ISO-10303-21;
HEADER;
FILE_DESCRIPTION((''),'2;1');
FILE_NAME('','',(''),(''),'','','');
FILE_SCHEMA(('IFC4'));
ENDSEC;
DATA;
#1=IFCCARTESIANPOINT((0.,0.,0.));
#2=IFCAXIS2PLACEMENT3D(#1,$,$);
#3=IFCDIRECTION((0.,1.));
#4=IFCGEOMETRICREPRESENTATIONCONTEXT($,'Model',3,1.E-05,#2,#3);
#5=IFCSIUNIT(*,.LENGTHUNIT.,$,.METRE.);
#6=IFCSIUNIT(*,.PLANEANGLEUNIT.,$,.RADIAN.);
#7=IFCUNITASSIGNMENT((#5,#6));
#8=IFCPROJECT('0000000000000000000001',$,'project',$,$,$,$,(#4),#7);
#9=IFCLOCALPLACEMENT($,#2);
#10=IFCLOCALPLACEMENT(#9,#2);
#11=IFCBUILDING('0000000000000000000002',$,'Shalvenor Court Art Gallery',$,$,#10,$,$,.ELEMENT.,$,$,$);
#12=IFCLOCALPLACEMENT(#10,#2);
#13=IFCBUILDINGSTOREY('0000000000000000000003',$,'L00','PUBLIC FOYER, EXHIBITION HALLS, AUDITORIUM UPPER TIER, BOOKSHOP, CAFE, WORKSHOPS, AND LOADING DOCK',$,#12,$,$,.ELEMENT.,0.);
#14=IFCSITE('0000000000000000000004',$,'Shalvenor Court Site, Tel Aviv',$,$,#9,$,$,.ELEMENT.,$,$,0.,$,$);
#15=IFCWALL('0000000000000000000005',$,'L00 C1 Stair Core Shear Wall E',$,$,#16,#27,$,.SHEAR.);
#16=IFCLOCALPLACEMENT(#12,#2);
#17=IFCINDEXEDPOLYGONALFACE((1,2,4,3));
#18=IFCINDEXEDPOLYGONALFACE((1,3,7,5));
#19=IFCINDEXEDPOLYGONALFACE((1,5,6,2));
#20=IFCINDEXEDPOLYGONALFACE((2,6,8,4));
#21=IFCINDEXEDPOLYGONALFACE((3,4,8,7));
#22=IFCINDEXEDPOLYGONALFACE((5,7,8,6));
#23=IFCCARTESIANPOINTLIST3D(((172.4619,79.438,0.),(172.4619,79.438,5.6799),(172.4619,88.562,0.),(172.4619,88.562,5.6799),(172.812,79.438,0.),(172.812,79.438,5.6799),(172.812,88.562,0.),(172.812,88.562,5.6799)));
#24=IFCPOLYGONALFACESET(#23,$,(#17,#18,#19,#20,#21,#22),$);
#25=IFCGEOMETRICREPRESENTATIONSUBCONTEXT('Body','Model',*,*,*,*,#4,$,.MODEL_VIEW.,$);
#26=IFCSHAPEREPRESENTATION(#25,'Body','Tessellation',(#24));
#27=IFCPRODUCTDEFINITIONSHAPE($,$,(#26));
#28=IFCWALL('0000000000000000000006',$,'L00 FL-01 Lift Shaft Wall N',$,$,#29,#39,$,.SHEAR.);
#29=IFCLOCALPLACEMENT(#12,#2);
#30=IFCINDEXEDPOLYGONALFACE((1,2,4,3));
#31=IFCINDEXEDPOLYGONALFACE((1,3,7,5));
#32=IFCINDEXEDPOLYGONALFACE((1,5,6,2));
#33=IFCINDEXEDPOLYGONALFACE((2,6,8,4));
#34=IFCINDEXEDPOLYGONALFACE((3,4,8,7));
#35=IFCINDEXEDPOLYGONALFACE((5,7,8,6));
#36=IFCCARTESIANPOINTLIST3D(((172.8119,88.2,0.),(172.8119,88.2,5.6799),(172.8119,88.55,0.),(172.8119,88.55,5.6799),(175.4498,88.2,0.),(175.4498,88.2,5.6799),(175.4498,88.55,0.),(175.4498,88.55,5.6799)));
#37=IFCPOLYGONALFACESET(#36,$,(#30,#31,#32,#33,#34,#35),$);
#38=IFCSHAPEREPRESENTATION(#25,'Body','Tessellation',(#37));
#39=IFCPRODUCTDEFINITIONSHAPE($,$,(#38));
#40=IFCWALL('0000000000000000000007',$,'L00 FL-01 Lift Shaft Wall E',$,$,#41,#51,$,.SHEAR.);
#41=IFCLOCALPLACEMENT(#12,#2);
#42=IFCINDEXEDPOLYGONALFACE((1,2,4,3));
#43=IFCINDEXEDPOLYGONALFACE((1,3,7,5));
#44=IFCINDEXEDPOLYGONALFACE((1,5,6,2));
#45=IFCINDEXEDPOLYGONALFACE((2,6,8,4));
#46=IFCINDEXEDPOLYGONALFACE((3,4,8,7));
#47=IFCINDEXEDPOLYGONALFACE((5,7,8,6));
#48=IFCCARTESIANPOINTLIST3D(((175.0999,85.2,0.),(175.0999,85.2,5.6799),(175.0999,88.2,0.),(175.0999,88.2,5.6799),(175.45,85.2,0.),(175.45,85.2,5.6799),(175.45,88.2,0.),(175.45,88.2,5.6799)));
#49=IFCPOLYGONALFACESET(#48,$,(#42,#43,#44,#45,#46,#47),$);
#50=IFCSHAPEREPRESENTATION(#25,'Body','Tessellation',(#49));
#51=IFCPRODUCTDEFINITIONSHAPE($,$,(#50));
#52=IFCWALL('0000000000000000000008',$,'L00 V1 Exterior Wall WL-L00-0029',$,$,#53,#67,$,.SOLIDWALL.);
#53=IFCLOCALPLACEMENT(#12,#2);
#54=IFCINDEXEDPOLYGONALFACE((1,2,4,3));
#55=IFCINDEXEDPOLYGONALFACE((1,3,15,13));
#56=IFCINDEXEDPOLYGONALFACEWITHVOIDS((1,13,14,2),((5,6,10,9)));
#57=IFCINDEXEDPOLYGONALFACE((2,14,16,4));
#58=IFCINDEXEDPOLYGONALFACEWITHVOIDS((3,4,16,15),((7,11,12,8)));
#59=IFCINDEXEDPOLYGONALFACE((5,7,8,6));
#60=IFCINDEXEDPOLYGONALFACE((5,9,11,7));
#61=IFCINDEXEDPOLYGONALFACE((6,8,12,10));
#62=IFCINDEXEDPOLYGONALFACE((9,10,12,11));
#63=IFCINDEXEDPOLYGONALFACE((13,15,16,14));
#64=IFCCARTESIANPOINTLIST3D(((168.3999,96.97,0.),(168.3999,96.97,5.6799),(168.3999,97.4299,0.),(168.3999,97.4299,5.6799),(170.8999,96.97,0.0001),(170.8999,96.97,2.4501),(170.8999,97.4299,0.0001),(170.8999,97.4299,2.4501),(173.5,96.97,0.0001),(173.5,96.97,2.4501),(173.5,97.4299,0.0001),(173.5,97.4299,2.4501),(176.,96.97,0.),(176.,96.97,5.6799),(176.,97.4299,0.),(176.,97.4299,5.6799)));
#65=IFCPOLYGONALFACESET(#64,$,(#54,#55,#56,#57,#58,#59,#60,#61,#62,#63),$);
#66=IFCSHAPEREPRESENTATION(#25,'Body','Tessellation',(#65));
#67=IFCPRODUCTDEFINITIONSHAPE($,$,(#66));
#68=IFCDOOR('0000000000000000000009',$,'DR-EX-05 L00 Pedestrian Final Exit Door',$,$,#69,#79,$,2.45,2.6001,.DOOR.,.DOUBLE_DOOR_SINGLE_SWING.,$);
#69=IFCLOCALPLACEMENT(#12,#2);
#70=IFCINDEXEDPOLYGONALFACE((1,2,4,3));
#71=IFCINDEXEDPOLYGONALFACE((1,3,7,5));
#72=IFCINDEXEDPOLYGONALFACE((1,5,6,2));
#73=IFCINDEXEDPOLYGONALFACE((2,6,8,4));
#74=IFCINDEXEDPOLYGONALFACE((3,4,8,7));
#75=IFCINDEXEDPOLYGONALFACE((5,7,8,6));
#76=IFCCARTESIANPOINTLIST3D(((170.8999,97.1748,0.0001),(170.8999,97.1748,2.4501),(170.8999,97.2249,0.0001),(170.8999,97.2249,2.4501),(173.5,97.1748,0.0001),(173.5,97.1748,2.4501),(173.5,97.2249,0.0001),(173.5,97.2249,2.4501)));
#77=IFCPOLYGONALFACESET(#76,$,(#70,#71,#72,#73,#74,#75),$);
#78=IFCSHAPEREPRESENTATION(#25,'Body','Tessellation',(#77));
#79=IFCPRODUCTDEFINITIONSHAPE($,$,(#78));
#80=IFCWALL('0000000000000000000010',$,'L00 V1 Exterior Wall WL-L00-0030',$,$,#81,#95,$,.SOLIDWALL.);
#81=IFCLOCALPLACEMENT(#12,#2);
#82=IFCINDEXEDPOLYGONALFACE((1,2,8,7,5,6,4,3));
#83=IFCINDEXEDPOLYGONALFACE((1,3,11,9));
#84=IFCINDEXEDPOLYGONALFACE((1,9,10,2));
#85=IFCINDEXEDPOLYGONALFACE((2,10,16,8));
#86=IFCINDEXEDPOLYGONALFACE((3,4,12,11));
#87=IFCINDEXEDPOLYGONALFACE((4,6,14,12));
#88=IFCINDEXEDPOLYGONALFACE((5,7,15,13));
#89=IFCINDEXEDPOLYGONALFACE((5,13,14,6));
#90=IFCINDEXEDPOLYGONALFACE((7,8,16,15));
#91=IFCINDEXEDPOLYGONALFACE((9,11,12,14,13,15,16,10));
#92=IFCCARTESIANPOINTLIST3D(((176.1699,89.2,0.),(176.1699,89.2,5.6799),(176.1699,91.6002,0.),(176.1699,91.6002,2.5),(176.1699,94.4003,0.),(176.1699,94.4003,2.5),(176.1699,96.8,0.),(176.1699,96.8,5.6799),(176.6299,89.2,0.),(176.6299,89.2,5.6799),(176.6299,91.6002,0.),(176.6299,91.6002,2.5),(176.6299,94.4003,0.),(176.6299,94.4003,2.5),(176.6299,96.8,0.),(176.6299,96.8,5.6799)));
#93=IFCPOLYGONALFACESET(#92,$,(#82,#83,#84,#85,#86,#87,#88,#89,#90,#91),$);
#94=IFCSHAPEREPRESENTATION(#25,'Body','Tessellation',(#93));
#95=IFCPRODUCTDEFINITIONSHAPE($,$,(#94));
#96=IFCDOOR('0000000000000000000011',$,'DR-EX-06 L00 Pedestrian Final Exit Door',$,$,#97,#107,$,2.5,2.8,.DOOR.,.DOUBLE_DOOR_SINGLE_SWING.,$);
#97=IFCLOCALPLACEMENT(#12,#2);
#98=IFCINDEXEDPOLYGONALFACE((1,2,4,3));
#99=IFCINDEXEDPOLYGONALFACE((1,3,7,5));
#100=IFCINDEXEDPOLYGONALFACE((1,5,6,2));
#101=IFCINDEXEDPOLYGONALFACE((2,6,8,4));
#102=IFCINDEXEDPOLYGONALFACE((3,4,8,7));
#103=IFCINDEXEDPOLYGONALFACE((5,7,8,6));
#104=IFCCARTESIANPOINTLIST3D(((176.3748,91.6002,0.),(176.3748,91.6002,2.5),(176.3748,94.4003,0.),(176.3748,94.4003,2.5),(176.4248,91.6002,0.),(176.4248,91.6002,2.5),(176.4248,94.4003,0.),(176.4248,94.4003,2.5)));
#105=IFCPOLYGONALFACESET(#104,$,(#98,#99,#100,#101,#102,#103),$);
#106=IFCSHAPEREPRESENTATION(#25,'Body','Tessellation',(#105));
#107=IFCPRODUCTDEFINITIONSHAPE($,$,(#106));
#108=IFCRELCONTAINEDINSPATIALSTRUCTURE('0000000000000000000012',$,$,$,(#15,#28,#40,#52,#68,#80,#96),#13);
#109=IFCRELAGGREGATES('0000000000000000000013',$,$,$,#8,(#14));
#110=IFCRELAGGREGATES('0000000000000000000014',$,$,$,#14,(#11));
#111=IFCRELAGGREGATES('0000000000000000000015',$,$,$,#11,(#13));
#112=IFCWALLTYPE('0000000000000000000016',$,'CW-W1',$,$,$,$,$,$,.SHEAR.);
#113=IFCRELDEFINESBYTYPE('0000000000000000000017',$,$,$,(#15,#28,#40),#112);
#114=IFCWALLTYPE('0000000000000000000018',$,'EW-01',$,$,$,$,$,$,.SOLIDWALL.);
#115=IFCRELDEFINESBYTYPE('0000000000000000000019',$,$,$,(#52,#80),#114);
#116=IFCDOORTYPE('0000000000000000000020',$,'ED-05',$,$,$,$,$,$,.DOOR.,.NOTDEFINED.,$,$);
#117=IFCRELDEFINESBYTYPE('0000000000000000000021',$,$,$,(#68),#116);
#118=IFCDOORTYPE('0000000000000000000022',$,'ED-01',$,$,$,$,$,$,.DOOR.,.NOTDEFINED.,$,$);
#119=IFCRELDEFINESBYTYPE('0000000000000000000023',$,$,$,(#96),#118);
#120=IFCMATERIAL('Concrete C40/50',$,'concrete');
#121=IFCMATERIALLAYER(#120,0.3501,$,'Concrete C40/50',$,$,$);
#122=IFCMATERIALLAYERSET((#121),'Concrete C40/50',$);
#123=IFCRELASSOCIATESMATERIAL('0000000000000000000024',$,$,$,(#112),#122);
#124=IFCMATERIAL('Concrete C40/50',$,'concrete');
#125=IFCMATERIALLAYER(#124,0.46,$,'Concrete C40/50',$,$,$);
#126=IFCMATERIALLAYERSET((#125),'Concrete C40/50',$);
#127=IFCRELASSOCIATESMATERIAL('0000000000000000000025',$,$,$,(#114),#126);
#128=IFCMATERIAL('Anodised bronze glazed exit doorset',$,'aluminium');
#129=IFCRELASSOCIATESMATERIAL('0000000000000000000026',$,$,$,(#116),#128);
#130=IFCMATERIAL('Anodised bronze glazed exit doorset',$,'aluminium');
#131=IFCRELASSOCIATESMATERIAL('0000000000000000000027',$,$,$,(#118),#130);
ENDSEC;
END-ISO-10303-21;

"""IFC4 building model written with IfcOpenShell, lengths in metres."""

from ifc_helpers import new_model, si_unit, direction, frame, frame_2d, origin, place, context, subcontext, project, spatial, rectangle, extrude, material, layer, layer_set, type_object, element, fill, save


model = new_model("IFC4")

# Units and contexts
model_context = context("Model", 3, precision=1e-05, world=origin(), true_north=direction((0.0, 1.0)))
body_context = subcontext(model_context, "Body", "Model", "MODEL_VIEW")
ifc_project = project(units=[si_unit("LENGTHUNIT", "METRE"), si_unit("PLANEANGLEUNIT", "RADIAN")], contexts=[model_context])

# Site, building, storey
site_placement = place(None, origin())
site = spatial("IfcSite", under=ifc_project, at=site_placement, Name="Shalvenor Court Site, Tel Aviv", CompositionType="ELEMENT", RefElevation=0.0)
building_placement = place(site_placement, origin())
building = spatial("IfcBuilding", under=site, at=building_placement, Name="Shalvenor Court Art Gallery", CompositionType="ELEMENT")
storey_placement = place(building_placement, origin())
storey = spatial("IfcBuildingStorey", under=building, at=storey_placement, Name="L00", Description="PUBLIC FOYER, EXHIBITION HALLS, AUDITORIUM UPPER TIER, BOOKSHOP, CAFE, WORKSHOPS, AND LOADING DOCK", CompositionType="ELEMENT", Elevation=0.0)

# Walls
ifc_material_1 = material(Name="Concrete C40/50", Category="concrete")
ifc_layer_1 = layer(ifc_material_1, 0.3501, Name="Concrete C40/50")
ifc_layer_set_1 = layer_set([ifc_layer_1], Name="Concrete C40/50")
wall_type_1 = type_object("IfcWallType", Name="CW-W1", PredefinedType="SHEAR", material=ifc_layer_set_1)
wall_1_placement = place(storey_placement, frame((172.637, 88.562, 0.0), z_axis=(0.0, 0.0, 1.0), x_axis=(0.0, -1.0, 0.0)))
element("IfcWall", 1, at=wall_1_placement, inside=storey, type_object=wall_type_1, Name="L00 C1 Stair Core Shear Wall E", PredefinedType="SHEAR", context=body_context, shape_type="SweptSolid", body=[
    extrude(rectangle(XDim=9.124, YDim=0.3501, at=frame_2d((4.562, 0.0))), origin(), (0.0, 0.0, 1.0), 5.6799),
])
wall_2_placement = place(storey_placement, frame((172.812, 88.375, 0.0), z_axis=(0.0, 0.0, 1.0), x_axis=(1.0, 0.0, 0.0)))
element("IfcWall", 2, at=wall_2_placement, inside=storey, type_object=wall_type_1, Name="L00 FL-01 Lift Shaft Wall N", PredefinedType="SHEAR", context=body_context, shape_type="SweptSolid", body=[
    extrude(rectangle(XDim=2.6379, YDim=0.3501, at=frame_2d((1.3188, 0.0))), origin(), (0.0, 0.0, 1.0), 5.6799),
])
wall_3_placement = place(storey_placement, frame((175.2749, 88.2, 0.0), z_axis=(0.0, 0.0, 1.0), x_axis=(0.0, -1.0, 0.0)))
element("IfcWall", 3, at=wall_3_placement, inside=storey, type_object=wall_type_1, Name="L00 FL-01 Lift Shaft Wall E", PredefinedType="SHEAR", context=body_context, shape_type="SweptSolid", body=[
    extrude(rectangle(XDim=3.0, YDim=0.3501, at=frame_2d((1.5, 0.0))), origin(), (0.0, 0.0, 1.0), 5.6799),
])

# Walls, openings, doors
ifc_material_2 = material(Name="Concrete C40/50", Category="concrete")
ifc_layer_2 = layer(ifc_material_2, 0.46, Name="Concrete C40/50")
ifc_layer_set_2 = layer_set([ifc_layer_2], Name="Concrete C40/50")
wall_type_2 = type_object("IfcWallType", Name="EW-01", PredefinedType="SOLIDWALL", material=ifc_layer_set_2)
wall_4_placement = place(storey_placement, frame((168.3999, 97.2, 0.0), z_axis=(0.0, 0.0, 1.0), x_axis=(1.0, 0.0, 0.0)))
wall_4 = element("IfcWall", 4, at=wall_4_placement, inside=storey, type_object=wall_type_2, Name="L00 V1 Exterior Wall WL-L00-0029", PredefinedType="SOLIDWALL", context=body_context, shape_type="SweptSolid", body=[
    extrude(rectangle(XDim=7.6001, YDim=0.46, at=frame_2d((3.8, 0.0))), origin(), (0.0, 0.0, 1.0), 5.6799),
])
opening_1_placement = place(wall_4_placement, frame((2.5, 0.0, 0.0)))
opening_1 = element("IfcOpeningElement", 5, at=opening_1_placement, cuts=wall_4, PredefinedType="OPENING", context=body_context, shape_type="SweptSolid", body=[
    extrude(rectangle(XDim=2.6001, YDim=2.45, at=frame_2d((1.3, 1.2251))), frame((0.0, 0.24, 0.0), z_axis=(0.0, -1.0, 0.0), x_axis=(1.0, 0.0, 0.0)), (0.0, 0.0, 1.0), 0.48),
])
ifc_material_3 = material(Name="Anodised bronze glazed exit doorset", Category="aluminium")
door_type_1 = type_object("IfcDoorType", Name="ED-05", OperationType="NOTDEFINED", PredefinedType="DOOR", material=ifc_material_3)
door_1_placement = place(opening_1_placement, origin())
door_1 = element("IfcDoor", 6, at=door_1_placement, inside=storey, type_object=door_type_1, Name="DR-EX-05 L00 Pedestrian Final Exit Door", OperationType="DOUBLE_DOOR_SINGLE_SWING", OverallHeight=2.45, OverallWidth=2.6001, PredefinedType="DOOR", context=body_context, shape_type="SweptSolid", body=[
    extrude(rectangle(XDim=2.6001, YDim=2.45, at=frame_2d((1.3, 1.2251))), frame((0.0, 0.0249, 0.0), z_axis=(0.0, -1.0, 0.0), x_axis=(1.0, 0.0, 0.0)), (0.0, 0.0, 1.0), 0.05),
])
fill(opening_1, door_1)
wall_5_placement = place(storey_placement, frame((176.3999, 96.8, 0.0), z_axis=(0.0, 0.0, 1.0), x_axis=(0.0, -1.0, 0.0)))
wall_5 = element("IfcWall", 7, at=wall_5_placement, inside=storey, type_object=wall_type_2, Name="L00 V1 Exterior Wall WL-L00-0030", PredefinedType="SOLIDWALL", context=body_context, shape_type="SweptSolid", body=[
    extrude(rectangle(XDim=7.6001, YDim=0.46, at=frame_2d((3.8, 0.0))), origin(), (0.0, 0.0, 1.0), 5.6799),
])
opening_2_placement = place(wall_5_placement, frame((2.3999, 0.0, 0.0)))
opening_2 = element("IfcOpeningElement", 8, at=opening_2_placement, cuts=wall_5, PredefinedType="OPENING", context=body_context, shape_type="SweptSolid", body=[
    extrude(rectangle(XDim=2.8, YDim=2.5, at=frame_2d((1.3999, 1.25))), frame((0.0, 0.24, 0.0), z_axis=(0.0, -1.0, 0.0), x_axis=(1.0, 0.0, 0.0)), (0.0, 0.0, 1.0), 0.48),
])
ifc_material_4 = material(Name="Anodised bronze glazed exit doorset", Category="aluminium")
door_type_2 = type_object("IfcDoorType", Name="ED-01", OperationType="NOTDEFINED", PredefinedType="DOOR", material=ifc_material_4)
door_2_placement = place(opening_2_placement, origin())
door_2 = element("IfcDoor", 9, at=door_2_placement, inside=storey, type_object=door_type_2, Name="DR-EX-06 L00 Pedestrian Final Exit Door", OperationType="DOUBLE_DOOR_SINGLE_SWING", OverallHeight=2.5, OverallWidth=2.8, PredefinedType="DOOR", context=body_context, shape_type="SweptSolid", body=[
    extrude(rectangle(XDim=2.8, YDim=2.5, at=frame_2d((1.3999, 1.25))), frame((0.0, 0.0249, 0.0), z_axis=(0.0, -1.0, 0.0), x_axis=(1.0, 0.0, 0.0)), (0.0, 0.0, 1.0), 0.05),
])
fill(opening_2, door_2)

save(model, "model.ifc")
